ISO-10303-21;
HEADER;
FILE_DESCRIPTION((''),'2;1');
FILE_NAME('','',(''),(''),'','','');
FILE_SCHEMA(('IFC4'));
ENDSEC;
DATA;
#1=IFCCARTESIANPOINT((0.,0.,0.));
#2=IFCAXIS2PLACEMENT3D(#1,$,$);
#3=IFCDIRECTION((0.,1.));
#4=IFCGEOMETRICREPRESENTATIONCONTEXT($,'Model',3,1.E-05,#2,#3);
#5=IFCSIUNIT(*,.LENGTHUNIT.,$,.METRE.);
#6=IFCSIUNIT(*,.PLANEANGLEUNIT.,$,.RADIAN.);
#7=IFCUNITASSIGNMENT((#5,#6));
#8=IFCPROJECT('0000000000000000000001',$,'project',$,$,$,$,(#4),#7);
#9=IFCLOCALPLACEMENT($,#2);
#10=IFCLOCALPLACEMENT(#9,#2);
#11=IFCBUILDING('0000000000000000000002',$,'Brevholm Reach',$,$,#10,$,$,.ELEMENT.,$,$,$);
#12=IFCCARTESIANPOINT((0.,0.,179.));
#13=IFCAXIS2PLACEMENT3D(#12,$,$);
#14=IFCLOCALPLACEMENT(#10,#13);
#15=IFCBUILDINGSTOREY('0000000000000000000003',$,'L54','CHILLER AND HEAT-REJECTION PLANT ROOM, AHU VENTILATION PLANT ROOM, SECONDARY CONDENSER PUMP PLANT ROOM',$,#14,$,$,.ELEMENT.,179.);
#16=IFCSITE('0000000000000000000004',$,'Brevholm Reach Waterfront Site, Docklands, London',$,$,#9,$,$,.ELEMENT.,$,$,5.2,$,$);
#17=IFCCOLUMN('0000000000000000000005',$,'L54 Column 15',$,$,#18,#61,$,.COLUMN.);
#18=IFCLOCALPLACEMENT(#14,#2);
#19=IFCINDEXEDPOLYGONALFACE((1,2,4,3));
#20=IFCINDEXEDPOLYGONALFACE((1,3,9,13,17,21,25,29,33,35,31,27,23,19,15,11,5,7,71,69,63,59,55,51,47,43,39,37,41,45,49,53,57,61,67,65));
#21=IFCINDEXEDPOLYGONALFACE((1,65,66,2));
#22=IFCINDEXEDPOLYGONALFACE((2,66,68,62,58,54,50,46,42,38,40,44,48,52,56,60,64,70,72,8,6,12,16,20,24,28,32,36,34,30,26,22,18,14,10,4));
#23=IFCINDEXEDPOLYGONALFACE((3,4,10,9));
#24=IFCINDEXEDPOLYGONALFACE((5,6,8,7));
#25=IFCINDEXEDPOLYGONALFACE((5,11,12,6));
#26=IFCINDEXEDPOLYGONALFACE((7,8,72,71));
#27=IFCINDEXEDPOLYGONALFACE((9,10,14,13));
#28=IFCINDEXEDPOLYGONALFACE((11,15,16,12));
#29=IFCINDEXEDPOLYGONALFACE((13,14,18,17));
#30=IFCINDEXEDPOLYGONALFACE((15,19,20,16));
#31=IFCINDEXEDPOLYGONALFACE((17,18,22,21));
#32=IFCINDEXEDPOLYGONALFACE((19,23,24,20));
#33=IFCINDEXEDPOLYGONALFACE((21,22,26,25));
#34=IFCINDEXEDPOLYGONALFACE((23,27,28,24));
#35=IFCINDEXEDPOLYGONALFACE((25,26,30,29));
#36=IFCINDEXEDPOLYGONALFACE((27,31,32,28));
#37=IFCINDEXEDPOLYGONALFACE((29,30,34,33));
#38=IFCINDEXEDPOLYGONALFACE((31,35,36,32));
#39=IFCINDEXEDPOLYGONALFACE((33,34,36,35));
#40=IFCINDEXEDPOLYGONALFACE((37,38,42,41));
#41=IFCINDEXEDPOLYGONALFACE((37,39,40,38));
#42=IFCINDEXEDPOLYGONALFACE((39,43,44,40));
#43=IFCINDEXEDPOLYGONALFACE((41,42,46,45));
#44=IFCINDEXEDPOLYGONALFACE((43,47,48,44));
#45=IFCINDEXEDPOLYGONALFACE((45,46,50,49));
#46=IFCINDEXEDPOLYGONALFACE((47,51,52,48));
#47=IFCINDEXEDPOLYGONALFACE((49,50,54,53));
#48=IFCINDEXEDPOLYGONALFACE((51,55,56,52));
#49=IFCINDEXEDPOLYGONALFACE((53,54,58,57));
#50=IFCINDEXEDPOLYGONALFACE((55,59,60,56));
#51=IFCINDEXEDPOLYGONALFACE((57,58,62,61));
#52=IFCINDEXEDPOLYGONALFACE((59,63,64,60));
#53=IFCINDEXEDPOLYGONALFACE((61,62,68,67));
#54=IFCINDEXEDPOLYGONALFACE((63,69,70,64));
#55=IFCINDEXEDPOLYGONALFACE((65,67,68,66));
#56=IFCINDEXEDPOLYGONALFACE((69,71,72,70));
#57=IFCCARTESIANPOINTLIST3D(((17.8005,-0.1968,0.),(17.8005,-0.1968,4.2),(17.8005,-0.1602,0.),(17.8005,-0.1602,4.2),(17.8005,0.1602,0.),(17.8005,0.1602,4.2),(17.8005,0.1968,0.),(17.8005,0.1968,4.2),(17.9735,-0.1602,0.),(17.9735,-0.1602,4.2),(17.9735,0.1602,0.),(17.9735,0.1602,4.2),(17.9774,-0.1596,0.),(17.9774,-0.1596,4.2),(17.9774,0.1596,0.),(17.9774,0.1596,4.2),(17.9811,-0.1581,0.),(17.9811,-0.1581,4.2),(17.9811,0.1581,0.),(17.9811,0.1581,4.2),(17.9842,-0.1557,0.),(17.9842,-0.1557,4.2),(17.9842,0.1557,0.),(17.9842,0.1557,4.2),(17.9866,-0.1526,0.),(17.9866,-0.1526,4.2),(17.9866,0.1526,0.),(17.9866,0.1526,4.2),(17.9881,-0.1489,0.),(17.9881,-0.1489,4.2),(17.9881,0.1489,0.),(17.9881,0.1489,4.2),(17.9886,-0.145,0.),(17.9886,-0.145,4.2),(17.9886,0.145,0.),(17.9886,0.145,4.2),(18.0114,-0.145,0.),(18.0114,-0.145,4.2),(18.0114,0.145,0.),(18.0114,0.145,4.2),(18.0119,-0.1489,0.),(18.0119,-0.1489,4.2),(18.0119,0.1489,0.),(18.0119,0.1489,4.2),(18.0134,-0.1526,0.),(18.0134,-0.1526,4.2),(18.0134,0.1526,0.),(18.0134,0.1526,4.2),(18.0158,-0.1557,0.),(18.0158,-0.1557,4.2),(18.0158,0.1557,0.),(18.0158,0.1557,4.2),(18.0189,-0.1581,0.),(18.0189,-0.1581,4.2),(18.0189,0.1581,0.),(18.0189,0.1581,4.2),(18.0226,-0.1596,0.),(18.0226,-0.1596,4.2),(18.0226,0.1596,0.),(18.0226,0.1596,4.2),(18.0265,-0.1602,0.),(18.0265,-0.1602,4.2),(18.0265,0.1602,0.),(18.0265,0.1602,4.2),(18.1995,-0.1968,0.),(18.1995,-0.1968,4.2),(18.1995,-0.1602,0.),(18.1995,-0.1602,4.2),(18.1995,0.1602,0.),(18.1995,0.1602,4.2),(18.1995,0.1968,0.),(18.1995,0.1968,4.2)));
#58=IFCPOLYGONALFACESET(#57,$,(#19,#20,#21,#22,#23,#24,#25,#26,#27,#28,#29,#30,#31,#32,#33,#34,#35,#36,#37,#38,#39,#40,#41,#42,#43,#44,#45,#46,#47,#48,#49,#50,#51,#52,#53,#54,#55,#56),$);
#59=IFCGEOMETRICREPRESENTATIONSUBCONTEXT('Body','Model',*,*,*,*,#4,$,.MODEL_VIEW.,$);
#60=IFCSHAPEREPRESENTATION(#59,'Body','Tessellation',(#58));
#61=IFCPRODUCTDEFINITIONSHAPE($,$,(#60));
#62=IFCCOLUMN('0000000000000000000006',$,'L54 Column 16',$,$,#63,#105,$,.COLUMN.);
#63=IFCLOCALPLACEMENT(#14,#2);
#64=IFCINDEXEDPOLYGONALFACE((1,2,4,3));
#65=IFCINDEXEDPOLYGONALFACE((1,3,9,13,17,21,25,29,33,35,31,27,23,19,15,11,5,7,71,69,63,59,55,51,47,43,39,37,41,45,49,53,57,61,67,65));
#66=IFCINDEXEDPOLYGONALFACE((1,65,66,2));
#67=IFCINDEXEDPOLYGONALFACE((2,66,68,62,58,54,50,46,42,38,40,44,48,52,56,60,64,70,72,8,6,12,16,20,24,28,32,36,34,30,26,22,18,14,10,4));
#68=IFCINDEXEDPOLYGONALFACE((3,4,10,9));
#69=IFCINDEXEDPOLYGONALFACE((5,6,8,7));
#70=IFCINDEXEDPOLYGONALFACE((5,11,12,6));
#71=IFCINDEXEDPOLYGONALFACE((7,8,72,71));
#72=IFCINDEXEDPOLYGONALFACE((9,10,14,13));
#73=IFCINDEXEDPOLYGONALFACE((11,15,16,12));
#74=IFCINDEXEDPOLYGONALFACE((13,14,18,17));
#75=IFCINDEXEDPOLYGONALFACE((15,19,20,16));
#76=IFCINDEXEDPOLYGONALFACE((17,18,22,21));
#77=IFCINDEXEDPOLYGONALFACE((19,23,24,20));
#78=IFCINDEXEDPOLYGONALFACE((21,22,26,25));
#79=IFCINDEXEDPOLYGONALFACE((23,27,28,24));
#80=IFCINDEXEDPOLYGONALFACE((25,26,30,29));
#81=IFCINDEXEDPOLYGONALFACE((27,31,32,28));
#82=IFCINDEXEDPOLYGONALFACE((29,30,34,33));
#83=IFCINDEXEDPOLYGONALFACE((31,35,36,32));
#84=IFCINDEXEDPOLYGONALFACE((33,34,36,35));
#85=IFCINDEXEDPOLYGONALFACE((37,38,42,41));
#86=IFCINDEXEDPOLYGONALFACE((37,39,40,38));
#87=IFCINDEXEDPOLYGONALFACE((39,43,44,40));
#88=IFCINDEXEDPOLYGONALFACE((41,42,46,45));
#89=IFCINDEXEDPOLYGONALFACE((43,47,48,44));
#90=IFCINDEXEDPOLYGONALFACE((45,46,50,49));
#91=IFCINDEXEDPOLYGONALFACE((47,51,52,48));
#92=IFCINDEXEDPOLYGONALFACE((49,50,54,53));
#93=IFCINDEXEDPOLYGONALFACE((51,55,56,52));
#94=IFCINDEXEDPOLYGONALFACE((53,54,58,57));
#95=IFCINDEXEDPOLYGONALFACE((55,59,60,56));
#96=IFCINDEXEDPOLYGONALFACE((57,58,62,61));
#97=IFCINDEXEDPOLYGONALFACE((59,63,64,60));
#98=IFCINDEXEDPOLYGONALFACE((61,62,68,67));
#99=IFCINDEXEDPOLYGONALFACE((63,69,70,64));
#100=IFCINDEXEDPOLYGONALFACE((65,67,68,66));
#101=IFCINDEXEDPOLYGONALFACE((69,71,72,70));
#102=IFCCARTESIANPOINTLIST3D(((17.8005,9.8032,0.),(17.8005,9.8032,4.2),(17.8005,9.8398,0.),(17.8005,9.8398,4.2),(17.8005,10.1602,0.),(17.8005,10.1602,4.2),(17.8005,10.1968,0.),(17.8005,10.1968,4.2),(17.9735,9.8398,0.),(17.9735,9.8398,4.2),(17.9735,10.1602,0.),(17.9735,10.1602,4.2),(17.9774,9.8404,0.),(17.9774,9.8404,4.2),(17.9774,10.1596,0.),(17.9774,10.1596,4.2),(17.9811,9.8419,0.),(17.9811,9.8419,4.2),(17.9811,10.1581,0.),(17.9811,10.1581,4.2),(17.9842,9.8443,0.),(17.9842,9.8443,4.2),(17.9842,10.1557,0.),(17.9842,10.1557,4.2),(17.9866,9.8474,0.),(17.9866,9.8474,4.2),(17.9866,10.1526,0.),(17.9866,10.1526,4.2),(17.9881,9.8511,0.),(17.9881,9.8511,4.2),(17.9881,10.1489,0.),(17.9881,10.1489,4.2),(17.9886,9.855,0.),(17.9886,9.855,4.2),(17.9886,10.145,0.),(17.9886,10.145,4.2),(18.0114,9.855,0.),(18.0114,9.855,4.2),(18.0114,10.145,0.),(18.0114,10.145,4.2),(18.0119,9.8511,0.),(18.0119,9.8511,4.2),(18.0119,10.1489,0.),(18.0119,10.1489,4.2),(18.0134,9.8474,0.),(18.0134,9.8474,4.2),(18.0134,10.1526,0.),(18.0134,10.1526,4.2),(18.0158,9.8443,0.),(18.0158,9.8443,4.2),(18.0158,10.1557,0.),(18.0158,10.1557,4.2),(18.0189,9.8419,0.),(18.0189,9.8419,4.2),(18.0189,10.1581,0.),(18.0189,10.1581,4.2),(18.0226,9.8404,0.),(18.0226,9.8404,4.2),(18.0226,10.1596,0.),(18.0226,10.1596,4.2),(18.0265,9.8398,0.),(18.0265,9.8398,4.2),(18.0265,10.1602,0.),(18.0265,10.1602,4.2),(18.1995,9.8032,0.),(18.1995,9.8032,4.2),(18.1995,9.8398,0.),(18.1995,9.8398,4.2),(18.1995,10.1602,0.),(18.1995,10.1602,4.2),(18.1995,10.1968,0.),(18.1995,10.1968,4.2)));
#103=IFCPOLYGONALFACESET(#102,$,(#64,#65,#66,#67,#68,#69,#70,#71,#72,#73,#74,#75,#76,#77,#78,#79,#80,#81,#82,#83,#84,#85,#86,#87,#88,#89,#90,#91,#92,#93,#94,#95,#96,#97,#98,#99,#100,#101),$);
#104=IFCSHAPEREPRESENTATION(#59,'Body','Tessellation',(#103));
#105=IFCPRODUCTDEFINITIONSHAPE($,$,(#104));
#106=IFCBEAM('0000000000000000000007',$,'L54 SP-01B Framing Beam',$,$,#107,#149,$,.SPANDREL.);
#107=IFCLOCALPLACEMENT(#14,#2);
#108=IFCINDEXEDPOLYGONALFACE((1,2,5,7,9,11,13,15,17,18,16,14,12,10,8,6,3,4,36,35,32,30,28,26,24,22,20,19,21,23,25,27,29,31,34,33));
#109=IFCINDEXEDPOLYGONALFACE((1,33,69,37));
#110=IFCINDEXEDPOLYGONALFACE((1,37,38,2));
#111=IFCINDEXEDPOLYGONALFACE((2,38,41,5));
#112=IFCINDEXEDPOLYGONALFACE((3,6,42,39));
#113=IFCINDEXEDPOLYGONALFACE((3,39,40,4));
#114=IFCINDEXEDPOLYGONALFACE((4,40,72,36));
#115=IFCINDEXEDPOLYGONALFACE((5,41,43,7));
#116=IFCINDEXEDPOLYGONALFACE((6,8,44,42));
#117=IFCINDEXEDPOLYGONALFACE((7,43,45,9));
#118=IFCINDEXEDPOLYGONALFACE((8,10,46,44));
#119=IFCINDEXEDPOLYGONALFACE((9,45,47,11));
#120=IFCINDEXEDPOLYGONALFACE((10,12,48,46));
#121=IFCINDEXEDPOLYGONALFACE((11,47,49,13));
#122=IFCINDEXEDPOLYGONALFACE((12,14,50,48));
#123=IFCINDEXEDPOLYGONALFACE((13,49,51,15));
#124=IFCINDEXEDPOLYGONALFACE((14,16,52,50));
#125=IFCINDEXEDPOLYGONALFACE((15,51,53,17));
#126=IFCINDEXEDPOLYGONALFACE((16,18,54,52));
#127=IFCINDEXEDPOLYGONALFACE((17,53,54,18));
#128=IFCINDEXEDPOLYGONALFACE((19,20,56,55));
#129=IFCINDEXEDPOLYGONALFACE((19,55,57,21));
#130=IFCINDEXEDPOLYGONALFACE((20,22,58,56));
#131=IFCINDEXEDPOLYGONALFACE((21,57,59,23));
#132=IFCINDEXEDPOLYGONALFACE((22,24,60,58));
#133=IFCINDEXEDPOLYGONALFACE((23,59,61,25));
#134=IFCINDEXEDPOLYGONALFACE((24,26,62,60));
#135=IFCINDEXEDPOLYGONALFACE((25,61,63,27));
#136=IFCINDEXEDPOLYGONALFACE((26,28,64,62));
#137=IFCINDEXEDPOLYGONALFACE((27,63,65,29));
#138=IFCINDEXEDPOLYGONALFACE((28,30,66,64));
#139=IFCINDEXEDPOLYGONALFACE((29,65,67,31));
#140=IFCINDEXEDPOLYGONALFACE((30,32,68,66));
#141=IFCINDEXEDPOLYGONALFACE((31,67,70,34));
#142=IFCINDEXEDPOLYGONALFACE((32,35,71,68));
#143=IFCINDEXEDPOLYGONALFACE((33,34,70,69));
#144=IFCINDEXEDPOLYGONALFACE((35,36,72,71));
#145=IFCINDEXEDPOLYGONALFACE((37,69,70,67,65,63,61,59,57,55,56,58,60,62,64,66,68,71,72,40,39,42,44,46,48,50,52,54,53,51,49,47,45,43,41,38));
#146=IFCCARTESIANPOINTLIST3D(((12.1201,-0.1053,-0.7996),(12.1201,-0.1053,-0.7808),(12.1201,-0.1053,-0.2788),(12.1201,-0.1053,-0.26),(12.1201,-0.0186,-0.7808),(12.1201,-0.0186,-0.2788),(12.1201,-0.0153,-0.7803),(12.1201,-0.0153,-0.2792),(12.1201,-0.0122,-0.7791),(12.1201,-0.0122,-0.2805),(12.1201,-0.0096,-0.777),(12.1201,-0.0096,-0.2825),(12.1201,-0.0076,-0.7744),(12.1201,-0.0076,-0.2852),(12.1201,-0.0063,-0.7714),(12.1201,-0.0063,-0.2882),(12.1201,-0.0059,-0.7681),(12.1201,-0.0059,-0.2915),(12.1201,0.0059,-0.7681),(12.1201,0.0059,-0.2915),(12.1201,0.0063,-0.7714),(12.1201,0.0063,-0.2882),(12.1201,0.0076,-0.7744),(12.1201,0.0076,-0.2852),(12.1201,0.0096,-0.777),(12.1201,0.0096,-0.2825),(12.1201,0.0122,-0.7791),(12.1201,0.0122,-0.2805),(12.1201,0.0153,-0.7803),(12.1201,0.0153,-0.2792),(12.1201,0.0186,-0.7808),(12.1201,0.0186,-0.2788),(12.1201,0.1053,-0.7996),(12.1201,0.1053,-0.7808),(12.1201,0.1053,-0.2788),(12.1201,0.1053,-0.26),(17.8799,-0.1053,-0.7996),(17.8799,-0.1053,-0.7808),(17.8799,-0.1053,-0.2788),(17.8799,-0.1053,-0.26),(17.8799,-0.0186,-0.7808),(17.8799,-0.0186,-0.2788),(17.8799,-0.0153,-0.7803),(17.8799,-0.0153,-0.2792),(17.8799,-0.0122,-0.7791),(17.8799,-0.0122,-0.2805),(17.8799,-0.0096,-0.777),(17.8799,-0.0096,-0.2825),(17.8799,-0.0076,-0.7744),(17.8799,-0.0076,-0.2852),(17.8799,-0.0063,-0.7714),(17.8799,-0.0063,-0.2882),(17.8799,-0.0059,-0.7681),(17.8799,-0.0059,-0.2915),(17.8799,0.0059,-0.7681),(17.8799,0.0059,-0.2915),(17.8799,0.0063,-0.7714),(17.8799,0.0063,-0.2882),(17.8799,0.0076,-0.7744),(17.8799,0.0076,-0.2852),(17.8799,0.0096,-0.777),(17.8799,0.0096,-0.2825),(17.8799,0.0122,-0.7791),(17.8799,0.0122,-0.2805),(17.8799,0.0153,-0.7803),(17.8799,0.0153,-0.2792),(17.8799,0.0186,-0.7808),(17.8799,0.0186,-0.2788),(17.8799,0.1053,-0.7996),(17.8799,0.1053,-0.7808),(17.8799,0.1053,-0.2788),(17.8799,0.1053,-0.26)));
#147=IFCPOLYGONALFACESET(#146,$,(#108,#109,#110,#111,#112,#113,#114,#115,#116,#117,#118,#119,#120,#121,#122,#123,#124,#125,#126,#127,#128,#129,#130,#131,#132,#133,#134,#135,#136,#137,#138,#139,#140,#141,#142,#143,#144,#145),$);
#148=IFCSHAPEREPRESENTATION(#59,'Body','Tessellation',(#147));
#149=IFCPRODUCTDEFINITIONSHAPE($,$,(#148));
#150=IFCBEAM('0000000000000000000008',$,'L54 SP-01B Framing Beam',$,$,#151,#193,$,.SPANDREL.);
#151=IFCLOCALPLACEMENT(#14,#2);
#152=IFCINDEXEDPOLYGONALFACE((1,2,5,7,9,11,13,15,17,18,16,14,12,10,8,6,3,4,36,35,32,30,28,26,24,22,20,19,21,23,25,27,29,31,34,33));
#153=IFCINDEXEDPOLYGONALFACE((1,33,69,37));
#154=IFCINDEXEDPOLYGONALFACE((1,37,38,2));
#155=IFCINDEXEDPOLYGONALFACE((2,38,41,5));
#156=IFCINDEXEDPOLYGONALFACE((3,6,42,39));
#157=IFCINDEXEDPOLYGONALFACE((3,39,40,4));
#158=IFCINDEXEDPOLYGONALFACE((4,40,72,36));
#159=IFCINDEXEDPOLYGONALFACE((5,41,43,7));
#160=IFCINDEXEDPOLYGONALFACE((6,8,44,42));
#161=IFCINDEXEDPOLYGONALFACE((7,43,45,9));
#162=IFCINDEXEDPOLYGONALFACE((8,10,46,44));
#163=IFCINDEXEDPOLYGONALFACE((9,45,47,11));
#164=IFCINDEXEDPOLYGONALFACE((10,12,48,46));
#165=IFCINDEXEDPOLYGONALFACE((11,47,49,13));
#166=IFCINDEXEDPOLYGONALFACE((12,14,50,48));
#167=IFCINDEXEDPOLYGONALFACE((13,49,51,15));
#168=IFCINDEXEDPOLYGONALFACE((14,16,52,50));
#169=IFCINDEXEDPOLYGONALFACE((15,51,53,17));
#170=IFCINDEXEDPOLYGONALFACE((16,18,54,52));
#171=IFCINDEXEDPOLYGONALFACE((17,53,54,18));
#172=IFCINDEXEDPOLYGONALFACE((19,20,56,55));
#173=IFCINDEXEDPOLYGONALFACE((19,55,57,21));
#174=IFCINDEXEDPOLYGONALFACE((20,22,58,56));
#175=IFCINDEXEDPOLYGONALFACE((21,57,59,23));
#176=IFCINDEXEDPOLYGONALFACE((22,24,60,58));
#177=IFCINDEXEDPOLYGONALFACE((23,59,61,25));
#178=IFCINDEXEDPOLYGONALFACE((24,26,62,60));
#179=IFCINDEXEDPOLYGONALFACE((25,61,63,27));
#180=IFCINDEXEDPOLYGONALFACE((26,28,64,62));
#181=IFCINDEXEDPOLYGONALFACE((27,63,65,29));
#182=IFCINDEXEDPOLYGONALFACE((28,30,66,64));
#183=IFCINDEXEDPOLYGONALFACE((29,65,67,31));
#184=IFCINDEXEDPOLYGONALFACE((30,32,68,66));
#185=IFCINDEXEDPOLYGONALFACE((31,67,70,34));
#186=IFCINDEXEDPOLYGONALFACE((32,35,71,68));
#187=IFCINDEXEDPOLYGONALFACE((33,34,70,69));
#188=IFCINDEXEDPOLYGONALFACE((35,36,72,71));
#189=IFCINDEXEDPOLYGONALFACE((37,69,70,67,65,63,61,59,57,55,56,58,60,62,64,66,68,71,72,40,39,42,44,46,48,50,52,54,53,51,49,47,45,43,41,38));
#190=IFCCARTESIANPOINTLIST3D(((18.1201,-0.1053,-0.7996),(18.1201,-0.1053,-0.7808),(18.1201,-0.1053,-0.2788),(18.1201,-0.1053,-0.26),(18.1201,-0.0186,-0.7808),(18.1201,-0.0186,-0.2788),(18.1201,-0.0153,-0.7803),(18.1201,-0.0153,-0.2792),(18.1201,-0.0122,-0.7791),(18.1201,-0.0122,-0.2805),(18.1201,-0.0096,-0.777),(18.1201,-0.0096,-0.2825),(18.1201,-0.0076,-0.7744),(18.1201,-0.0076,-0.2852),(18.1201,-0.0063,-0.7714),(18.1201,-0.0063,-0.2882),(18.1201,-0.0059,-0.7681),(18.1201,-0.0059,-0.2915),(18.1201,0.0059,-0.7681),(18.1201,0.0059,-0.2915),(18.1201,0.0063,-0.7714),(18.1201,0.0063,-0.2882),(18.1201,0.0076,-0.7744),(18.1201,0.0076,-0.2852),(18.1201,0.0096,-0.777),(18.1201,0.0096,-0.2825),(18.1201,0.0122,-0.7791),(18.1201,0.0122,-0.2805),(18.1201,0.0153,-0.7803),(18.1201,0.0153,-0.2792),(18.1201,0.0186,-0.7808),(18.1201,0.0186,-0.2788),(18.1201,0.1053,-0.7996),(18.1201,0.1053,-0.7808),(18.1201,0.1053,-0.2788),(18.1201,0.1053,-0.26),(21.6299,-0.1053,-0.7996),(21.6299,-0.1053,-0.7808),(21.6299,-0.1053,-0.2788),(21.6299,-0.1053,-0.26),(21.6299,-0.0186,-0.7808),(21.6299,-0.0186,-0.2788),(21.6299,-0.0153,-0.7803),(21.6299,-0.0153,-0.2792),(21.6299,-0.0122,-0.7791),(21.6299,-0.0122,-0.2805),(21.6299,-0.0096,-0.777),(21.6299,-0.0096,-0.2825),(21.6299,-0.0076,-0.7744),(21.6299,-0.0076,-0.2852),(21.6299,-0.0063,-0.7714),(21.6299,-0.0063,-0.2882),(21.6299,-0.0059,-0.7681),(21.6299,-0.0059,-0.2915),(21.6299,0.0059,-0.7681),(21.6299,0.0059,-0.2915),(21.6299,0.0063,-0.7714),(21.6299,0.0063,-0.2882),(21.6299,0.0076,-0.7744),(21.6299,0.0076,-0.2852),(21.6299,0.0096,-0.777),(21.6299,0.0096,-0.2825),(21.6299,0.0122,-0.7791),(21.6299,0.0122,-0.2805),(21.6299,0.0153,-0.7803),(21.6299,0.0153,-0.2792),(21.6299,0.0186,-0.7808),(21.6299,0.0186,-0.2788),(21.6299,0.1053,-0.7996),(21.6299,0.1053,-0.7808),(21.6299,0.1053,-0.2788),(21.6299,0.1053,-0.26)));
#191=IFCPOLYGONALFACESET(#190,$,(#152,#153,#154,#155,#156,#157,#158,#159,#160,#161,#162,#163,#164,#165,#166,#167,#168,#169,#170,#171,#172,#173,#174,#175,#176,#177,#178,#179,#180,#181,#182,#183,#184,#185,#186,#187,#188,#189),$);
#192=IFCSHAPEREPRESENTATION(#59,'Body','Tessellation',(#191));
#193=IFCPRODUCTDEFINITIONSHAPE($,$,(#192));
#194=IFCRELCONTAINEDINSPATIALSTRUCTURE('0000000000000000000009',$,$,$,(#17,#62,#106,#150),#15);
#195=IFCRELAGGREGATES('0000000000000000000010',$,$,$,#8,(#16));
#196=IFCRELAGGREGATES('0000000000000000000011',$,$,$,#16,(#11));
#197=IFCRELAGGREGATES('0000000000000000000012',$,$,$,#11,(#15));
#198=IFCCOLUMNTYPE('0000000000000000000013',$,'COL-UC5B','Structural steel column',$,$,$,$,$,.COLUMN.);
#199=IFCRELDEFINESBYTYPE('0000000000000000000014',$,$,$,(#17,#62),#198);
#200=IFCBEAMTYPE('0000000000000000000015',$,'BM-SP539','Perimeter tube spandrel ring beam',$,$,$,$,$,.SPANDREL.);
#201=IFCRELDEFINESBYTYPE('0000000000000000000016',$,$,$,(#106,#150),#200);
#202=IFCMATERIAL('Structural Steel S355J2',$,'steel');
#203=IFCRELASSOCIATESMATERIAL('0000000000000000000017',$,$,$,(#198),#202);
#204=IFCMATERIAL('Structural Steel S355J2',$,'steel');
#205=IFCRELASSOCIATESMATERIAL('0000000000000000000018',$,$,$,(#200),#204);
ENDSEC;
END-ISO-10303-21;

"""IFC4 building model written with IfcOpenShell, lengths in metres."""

from ifc_helpers import new_model, si_unit, direction, frame, origin, origin_2d, place, context, subcontext, project, spatial, i_section, extrude, material, material_profile, profile_set, type_object, element, save


model = new_model("IFC4")

# Units and contexts
model_context = context("Model", 3, precision=1e-05, world=origin(), true_north=direction((0.0, 1.0)))
body_context = subcontext(model_context, "Body", "Model", "MODEL_VIEW")
ifc_project = project(units=[si_unit("LENGTHUNIT", "METRE"), si_unit("PLANEANGLEUNIT", "RADIAN")], contexts=[model_context])

# Site, building, storey
site_placement = place(None, origin())
site = spatial("IfcSite", under=ifc_project, at=site_placement, Name="Brevholm Reach Waterfront Site, Docklands, London", CompositionType="ELEMENT", RefElevation=5.2)
building_placement = place(site_placement, origin())
building = spatial("IfcBuilding", under=site, at=building_placement, Name="Brevholm Reach", CompositionType="ELEMENT")
storey_placement = place(building_placement, frame((0.0, 0.0, 179.0)))
storey = spatial("IfcBuildingStorey", under=building, at=storey_placement, Name="L54", Description="CHILLER AND HEAT-REJECTION PLANT ROOM, AHU VENTILATION PLANT ROOM, SECONDARY CONDENSER PUMP PLANT ROOM", CompositionType="ELEMENT", Elevation=179.0)

# Columns
ifc_material_1 = material(Name="Structural Steel S355J2", Category="steel")
ifc_material_profile_1 = material_profile(ifc_material_1, i_section(OverallWidth=0.3989, OverallDepth=0.3936, WebThickness=0.0227, FlangeThickness=0.0366, FilletRadius=0.0151, at=origin_2d()), Name="UKC 356x406x287")
ifc_profile_set_1 = profile_set([ifc_material_profile_1], Name="Structural Steel S355J2")
column_type = type_object("IfcColumnType", Name="COL-UC5B", Description="Structural steel column", PredefinedType="COLUMN", material=ifc_profile_set_1)
for number, where, z_axis, x_axis, name in (
    (1, (18.0, 0.0, 0.0), (0.0, 0.0, 1.0), (1.0, 0.0, 0.0), "L54 Column 15"),
    (2, (18.0, 10.0, 0.0), (0.0, 0.0, 1.0), (1.0, 0.0, 0.0), "L54 Column 16"),
):
    element("IfcColumn", number, at=place(storey_placement, frame(where, z_axis=z_axis, x_axis=x_axis)), inside=storey, type_object=column_type, Name=name, PredefinedType="COLUMN", context=body_context, shape_type="SweptSolid", body=[
        extrude(i_section(OverallWidth=0.3989, OverallDepth=0.3936, WebThickness=0.0227, FlangeThickness=0.0366, FilletRadius=0.0151, at=origin_2d()), origin(), (0.0, 0.0, 1.0), 4.2),
    ])

# Beams
ifc_material_2 = material(Name="Structural Steel S355J2", Category="steel")
ifc_material_profile_2 = material_profile(ifc_material_2, i_section(OverallWidth=0.2107, OverallDepth=0.5396, WebThickness=0.0117, FlangeThickness=0.0188, FilletRadius=0.0127, at=origin_2d()), Name="UKB 533x210x109")
ifc_profile_set_2 = profile_set([ifc_material_profile_2], Name="Structural Steel S355J2")
beam_type_1 = type_object("IfcBeamType", Name="BM-SP539", Description="Perimeter tube spandrel ring beam", PredefinedType="SPANDREL", material=ifc_profile_set_2)
beam_1_placement = place(storey_placement, frame((12.1201, 0.0, -0.5298), z_axis=(1.0, 0.0, 0.0), x_axis=(0.0, 1.0, 0.0)))
element("IfcBeam", 3, at=beam_1_placement, inside=storey, type_object=beam_type_1, Name="L54 SP-01B Framing Beam", PredefinedType="SPANDREL", context=body_context, shape_type="SweptSolid", body=[
    extrude(i_section(OverallWidth=0.2107, OverallDepth=0.5396, WebThickness=0.0117, FlangeThickness=0.0188, FilletRadius=0.0127, at=origin_2d()), origin(), (0.0, 0.0, 1.0), 5.7598),
])
beam_2_placement = place(storey_placement, frame((18.1201, 0.0, -0.5298), z_axis=(1.0, 0.0, 0.0), x_axis=(0.0, 1.0, 0.0)))
element("IfcBeam", 4, at=beam_2_placement, inside=storey, type_object=beam_type_1, Name="L54 SP-01B Framing Beam", PredefinedType="SPANDREL", context=body_context, shape_type="SweptSolid", body=[
    extrude(i_section(OverallWidth=0.2107, OverallDepth=0.5396, WebThickness=0.0117, FlangeThickness=0.0188, FilletRadius=0.0127, at=origin_2d()), origin(), (0.0, 0.0, 1.0), 3.5098),
])

save(model, "model.ifc")
